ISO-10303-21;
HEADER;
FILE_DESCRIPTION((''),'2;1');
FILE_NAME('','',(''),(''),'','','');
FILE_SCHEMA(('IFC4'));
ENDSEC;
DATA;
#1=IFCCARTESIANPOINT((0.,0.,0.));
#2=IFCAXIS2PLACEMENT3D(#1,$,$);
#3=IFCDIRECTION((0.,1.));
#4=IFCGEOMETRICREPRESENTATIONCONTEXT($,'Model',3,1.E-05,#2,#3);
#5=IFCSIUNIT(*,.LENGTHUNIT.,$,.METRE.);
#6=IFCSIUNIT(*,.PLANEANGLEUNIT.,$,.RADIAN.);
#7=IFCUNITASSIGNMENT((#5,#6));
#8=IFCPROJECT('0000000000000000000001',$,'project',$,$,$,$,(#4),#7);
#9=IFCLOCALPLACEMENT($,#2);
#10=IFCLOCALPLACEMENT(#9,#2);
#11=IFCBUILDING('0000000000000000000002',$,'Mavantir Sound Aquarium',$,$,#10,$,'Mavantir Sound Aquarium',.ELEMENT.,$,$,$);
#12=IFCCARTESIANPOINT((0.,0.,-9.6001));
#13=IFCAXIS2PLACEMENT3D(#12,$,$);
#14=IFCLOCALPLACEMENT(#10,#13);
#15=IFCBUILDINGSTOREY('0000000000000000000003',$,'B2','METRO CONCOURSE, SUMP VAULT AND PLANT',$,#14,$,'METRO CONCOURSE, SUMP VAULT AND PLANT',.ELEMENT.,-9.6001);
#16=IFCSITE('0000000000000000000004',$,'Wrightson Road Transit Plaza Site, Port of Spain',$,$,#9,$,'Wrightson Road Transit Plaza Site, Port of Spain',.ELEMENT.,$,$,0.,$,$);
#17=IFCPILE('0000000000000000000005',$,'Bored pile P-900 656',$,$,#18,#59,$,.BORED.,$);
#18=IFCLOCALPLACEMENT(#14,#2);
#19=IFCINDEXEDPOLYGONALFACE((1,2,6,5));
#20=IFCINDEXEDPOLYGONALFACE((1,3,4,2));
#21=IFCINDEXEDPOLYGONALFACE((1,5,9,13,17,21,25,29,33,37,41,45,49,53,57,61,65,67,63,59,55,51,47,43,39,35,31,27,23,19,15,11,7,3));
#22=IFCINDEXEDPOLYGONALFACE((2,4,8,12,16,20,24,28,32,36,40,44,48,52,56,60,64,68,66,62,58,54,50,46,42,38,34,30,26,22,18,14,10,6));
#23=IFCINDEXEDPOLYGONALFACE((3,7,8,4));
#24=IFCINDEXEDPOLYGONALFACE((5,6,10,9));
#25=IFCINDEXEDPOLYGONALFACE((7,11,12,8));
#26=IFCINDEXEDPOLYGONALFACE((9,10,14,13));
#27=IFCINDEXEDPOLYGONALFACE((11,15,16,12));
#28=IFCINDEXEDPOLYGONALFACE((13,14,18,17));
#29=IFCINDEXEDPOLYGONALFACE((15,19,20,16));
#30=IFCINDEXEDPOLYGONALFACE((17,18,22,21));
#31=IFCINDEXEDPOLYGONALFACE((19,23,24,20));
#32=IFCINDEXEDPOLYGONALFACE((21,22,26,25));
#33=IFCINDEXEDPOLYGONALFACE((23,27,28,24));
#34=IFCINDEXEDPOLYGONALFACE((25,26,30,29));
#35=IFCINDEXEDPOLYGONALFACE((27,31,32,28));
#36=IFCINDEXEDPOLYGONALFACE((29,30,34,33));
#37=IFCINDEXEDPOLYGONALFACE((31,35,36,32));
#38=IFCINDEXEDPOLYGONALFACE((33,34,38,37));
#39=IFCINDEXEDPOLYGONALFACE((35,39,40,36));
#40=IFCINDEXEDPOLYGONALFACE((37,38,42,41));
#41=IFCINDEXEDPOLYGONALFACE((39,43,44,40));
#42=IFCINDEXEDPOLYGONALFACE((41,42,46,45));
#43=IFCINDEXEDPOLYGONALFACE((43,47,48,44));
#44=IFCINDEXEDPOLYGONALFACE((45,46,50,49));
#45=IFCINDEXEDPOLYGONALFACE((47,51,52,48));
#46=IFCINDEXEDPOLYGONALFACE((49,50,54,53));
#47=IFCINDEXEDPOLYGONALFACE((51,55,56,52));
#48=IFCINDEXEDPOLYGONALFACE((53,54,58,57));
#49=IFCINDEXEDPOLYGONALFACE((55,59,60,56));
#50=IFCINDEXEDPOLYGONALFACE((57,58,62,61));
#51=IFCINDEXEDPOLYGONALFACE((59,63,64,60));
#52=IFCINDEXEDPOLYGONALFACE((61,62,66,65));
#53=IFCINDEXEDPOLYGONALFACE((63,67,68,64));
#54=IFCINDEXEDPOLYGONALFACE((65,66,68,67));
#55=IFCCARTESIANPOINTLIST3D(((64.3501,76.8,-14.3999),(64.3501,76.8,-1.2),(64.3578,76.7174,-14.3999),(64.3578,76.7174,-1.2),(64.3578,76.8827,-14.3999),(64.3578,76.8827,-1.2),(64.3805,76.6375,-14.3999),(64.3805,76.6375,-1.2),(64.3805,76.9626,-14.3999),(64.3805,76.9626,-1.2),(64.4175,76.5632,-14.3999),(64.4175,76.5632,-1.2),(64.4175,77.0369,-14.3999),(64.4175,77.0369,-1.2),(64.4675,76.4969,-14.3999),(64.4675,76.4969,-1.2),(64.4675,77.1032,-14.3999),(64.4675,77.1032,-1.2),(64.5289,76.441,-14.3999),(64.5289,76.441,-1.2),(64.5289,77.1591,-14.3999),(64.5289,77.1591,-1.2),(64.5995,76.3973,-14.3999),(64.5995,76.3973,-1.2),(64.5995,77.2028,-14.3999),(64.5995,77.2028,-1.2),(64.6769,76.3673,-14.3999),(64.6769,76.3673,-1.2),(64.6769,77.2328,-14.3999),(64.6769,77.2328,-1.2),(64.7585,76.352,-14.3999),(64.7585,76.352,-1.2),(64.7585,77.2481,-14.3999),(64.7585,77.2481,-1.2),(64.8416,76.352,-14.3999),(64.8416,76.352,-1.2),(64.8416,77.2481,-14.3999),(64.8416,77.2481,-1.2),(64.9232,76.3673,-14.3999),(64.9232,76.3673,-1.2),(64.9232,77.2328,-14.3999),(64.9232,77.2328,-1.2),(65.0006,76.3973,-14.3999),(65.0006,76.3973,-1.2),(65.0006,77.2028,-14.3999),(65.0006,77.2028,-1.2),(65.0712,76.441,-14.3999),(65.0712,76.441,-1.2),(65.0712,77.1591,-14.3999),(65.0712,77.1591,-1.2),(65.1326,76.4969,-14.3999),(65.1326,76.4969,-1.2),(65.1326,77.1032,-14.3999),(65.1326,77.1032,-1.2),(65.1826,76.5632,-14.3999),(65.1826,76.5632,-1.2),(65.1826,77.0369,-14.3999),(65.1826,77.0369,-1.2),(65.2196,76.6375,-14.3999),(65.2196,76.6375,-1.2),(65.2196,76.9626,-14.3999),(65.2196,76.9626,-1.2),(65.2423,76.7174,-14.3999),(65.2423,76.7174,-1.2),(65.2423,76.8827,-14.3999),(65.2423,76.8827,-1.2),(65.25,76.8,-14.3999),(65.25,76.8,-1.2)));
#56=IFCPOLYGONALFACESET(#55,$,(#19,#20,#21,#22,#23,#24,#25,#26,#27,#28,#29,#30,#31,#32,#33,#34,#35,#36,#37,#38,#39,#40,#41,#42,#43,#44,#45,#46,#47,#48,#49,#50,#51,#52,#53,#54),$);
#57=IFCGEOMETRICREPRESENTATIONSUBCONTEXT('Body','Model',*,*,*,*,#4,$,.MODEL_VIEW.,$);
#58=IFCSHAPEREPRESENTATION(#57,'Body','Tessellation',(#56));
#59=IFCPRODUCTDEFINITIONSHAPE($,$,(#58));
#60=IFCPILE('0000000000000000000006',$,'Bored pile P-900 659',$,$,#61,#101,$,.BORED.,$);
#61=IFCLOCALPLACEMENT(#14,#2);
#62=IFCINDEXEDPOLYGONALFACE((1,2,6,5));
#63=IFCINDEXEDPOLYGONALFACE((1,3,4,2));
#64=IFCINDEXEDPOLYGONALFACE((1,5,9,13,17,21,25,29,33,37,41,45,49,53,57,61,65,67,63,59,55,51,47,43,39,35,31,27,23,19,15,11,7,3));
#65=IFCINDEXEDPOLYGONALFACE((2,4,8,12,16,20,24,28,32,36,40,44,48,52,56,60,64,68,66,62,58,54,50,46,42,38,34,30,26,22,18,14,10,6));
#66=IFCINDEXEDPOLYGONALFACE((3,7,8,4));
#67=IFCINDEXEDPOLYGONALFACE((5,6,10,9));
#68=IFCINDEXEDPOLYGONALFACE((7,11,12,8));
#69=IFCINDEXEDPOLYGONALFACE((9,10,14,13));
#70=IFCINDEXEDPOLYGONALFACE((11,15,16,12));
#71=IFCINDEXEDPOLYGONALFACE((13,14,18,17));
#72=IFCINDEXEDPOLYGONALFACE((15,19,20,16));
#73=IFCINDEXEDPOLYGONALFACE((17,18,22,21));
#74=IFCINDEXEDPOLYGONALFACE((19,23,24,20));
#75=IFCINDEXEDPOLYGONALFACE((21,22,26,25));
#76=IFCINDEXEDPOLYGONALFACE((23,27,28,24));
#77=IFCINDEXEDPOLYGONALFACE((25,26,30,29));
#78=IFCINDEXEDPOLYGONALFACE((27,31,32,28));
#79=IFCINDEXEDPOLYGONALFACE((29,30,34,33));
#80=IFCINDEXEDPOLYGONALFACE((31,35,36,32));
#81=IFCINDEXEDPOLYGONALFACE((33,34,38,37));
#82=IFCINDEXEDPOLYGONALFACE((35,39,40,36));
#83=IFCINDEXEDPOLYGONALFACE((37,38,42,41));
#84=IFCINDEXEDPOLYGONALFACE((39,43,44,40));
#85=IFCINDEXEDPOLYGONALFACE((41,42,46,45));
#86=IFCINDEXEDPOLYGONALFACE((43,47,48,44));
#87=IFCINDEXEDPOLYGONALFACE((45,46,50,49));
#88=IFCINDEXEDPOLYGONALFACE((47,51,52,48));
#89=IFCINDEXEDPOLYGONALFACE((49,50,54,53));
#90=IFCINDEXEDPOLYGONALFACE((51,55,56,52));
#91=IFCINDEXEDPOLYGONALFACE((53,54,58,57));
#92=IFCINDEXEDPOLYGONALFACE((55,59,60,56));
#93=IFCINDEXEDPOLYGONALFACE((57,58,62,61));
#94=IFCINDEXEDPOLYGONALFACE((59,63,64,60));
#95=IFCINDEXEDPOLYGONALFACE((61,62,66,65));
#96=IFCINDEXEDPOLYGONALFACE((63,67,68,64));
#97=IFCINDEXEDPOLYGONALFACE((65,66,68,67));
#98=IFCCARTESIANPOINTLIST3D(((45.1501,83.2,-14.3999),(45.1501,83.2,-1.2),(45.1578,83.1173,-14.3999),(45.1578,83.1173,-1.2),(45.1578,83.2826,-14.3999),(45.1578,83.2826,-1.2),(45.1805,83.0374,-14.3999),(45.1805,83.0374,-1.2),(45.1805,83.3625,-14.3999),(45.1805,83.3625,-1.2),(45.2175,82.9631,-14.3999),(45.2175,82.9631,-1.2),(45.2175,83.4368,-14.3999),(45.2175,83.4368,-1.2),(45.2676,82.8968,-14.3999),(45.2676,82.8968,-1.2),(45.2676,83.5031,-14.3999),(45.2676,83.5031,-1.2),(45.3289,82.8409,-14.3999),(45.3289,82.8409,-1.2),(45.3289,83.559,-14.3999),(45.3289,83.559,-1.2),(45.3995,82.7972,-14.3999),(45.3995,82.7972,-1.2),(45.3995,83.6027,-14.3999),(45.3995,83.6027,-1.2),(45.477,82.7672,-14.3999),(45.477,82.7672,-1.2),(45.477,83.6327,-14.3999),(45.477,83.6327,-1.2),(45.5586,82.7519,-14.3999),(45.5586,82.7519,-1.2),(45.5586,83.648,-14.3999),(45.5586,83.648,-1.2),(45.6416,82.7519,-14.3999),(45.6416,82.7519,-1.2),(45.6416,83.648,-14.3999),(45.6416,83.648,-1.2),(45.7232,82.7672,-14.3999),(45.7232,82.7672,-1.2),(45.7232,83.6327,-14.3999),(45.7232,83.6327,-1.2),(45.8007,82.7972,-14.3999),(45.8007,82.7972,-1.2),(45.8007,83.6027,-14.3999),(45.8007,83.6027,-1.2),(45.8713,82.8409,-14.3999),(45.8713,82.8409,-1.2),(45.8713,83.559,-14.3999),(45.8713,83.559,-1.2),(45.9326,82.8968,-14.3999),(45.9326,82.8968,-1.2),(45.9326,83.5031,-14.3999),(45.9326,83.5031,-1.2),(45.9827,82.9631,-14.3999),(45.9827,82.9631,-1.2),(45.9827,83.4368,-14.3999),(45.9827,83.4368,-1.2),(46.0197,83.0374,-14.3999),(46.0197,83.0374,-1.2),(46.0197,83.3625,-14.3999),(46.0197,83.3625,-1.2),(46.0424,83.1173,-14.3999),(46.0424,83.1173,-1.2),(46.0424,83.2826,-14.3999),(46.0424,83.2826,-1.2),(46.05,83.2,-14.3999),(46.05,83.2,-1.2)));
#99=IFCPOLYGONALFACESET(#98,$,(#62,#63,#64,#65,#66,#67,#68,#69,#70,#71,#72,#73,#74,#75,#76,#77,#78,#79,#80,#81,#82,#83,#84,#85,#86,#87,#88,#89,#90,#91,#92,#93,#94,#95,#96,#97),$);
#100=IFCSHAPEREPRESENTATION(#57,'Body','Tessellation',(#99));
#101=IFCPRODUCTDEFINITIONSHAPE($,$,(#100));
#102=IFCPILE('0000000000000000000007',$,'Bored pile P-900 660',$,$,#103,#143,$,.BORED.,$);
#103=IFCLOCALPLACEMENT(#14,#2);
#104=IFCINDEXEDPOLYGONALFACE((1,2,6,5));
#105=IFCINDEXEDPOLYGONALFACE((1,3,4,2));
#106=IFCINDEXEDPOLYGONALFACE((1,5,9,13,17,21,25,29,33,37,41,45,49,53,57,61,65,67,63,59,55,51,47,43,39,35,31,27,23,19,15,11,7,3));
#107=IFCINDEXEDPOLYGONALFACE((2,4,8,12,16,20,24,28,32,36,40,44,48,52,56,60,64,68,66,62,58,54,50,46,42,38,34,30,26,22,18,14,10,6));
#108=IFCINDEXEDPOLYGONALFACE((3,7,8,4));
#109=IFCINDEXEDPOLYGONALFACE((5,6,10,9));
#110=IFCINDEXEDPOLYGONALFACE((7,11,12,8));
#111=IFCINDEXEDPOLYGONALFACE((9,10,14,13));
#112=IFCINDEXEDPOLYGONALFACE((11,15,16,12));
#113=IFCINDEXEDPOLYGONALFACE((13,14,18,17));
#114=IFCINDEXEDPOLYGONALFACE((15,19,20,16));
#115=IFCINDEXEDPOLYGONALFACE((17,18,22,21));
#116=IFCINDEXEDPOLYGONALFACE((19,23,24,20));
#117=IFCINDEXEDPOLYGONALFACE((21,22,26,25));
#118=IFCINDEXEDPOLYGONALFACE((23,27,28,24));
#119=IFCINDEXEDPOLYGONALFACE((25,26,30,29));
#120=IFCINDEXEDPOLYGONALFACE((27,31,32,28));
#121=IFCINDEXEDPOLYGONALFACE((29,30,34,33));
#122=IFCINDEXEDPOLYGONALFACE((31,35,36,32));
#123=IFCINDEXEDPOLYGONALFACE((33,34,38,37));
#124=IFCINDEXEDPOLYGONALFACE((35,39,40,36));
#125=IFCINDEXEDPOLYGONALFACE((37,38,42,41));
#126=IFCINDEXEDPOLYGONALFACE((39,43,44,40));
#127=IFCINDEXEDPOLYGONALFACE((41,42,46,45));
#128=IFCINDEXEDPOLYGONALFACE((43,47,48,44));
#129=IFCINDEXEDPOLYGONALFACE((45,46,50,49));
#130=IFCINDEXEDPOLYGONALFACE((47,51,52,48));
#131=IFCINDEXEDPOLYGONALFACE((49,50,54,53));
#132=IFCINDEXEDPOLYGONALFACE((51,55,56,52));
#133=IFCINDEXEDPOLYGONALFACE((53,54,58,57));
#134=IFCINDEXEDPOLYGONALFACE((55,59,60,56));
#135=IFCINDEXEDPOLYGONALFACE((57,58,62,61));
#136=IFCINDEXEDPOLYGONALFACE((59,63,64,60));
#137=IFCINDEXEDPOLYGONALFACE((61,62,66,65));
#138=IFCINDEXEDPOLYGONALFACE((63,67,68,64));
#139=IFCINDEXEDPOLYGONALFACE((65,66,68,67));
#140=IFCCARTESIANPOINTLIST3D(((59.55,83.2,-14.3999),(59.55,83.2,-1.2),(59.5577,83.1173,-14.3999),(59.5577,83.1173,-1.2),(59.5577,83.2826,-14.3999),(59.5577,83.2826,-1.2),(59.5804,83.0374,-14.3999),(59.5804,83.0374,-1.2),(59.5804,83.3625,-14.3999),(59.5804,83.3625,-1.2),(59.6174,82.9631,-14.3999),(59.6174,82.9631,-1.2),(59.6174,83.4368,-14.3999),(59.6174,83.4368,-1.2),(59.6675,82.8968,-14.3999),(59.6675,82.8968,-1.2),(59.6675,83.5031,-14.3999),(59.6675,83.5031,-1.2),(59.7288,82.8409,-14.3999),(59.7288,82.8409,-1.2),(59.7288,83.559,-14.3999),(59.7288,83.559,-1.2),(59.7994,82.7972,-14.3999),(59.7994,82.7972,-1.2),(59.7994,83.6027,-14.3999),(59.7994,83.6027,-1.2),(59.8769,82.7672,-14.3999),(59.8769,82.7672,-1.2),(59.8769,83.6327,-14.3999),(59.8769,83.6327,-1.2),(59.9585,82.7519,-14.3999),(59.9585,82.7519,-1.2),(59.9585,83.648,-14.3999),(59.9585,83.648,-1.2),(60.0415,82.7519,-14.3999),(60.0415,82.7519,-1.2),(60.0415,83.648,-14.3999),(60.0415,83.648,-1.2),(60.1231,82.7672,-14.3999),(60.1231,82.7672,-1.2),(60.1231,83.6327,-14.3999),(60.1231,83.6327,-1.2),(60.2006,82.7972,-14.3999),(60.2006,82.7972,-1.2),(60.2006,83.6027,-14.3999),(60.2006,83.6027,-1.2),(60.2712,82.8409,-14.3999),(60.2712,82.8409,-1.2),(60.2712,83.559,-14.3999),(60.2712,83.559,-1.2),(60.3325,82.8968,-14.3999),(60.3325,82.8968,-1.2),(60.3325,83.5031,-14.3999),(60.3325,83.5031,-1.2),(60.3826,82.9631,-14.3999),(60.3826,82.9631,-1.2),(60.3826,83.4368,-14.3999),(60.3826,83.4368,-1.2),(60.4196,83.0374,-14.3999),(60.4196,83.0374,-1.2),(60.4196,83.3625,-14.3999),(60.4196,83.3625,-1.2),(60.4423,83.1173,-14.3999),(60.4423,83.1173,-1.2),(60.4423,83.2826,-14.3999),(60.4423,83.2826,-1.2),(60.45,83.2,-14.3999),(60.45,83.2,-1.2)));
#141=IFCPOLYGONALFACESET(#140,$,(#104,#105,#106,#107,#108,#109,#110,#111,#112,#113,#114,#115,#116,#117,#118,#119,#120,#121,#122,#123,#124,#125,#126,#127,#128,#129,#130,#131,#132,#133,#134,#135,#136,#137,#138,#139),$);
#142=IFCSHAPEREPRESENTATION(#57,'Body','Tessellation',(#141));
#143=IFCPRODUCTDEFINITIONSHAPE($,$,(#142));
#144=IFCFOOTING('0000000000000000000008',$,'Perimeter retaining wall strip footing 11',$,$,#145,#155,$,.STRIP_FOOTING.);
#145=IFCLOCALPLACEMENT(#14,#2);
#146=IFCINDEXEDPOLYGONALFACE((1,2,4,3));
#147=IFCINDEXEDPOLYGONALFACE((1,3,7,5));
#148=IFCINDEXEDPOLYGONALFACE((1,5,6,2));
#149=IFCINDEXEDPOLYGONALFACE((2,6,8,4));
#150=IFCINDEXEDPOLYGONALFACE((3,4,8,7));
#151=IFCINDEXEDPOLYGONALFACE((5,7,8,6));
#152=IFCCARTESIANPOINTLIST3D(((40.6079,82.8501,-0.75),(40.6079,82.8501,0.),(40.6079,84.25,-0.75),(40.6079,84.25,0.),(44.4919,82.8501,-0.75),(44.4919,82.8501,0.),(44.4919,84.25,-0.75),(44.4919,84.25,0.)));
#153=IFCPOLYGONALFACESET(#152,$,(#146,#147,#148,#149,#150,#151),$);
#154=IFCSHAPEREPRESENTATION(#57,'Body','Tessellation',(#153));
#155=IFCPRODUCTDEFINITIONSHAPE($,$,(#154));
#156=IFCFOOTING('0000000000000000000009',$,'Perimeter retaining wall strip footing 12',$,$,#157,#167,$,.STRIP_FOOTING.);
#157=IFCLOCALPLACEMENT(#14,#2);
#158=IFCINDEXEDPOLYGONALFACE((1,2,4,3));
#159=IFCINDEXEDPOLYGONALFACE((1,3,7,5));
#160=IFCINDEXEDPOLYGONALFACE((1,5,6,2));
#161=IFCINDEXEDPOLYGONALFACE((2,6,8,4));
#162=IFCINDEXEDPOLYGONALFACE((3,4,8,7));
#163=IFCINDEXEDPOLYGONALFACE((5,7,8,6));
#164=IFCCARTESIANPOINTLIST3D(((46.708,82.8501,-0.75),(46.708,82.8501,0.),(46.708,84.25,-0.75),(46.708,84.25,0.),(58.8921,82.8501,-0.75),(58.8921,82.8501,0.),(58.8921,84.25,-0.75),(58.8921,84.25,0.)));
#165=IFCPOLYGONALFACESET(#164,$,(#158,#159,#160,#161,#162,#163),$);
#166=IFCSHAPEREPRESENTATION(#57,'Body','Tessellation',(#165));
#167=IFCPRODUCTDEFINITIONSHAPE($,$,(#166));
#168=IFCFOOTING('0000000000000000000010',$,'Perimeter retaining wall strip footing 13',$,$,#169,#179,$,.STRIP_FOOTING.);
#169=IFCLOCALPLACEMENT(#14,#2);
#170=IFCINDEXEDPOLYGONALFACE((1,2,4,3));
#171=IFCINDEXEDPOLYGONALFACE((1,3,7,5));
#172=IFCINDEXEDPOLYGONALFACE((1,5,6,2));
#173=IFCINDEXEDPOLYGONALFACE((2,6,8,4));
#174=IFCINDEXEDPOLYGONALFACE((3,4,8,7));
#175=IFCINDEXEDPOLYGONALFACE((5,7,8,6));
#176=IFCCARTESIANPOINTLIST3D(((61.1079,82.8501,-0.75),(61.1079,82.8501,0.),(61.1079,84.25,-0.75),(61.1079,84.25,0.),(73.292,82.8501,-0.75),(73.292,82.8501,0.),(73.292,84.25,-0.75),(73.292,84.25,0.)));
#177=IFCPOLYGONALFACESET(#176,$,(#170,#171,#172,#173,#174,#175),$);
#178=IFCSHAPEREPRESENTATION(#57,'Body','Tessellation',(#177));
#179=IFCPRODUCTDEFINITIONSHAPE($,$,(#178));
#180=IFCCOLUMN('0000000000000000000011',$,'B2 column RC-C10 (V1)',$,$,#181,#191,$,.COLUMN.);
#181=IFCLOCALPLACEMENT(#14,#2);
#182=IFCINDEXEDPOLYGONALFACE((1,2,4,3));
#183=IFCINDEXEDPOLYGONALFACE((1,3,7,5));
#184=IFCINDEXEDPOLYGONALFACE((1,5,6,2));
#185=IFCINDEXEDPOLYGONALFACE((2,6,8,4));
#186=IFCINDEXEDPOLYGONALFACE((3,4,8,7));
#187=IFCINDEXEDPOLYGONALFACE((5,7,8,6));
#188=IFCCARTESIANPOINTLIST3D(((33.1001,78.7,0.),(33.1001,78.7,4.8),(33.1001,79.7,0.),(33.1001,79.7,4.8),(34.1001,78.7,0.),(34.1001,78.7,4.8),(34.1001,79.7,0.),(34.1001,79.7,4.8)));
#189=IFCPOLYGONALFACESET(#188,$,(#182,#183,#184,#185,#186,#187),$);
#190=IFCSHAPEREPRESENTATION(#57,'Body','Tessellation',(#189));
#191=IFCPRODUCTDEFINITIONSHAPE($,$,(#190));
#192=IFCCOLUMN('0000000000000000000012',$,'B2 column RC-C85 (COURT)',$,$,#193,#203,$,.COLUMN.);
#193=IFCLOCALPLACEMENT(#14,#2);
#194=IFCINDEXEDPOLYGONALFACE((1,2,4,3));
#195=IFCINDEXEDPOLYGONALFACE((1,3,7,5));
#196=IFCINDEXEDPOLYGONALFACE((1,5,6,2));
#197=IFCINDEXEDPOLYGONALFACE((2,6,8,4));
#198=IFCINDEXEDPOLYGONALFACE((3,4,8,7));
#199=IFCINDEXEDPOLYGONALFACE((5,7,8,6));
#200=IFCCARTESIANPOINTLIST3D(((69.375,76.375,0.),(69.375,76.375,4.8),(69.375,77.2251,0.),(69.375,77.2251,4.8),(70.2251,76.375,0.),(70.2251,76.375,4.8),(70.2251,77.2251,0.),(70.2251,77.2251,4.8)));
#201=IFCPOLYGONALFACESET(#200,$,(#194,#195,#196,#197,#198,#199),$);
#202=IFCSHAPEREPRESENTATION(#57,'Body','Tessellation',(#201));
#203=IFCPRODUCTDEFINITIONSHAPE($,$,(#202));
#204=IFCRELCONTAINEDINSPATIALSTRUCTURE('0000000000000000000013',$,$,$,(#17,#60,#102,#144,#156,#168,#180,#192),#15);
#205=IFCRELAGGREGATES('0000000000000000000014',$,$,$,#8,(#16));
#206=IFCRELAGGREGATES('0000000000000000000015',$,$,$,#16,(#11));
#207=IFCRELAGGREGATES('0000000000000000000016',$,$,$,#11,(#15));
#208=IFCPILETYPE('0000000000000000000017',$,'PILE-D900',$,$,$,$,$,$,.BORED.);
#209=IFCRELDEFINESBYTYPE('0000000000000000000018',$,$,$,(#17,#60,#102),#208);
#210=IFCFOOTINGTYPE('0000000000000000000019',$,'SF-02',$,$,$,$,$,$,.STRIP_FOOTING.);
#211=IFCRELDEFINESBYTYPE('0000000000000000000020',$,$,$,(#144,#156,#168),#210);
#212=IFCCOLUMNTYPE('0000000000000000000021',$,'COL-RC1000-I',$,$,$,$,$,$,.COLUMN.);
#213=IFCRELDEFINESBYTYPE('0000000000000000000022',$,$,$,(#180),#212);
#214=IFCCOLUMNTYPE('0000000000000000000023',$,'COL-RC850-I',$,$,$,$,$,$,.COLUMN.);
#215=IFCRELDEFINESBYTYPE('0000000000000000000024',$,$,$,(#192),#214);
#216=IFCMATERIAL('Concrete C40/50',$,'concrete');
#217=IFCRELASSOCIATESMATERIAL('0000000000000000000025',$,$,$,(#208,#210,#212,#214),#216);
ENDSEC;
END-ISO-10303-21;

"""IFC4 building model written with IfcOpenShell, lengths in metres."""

from ifc_helpers import new_model, si_unit, direction, frame, origin, origin_2d, place, context, subcontext, project, spatial, rectangle, circle, extrude, material, material_profile, profile_set, type_object, element, save


model = new_model("IFC4")

# Units and contexts
model_context = context("Model", 3, precision=1e-05, world=origin(), true_north=direction((0.0, 1.0)))
body_context = subcontext(model_context, "Body", "Model", "MODEL_VIEW")
ifc_project = project(units=[si_unit("LENGTHUNIT", "METRE"), si_unit("PLANEANGLEUNIT", "RADIAN")], contexts=[model_context])

# Site, building, storey
site_placement = place(None, origin())
site = spatial("IfcSite", under=ifc_project, at=site_placement, Name="Wrightson Road Transit Plaza Site, Port of Spain", LongName="Wrightson Road Transit Plaza Site, Port of Spain", CompositionType="ELEMENT", RefElevation=0.0)
building_placement = place(site_placement, origin())
building = spatial("IfcBuilding", under=site, at=building_placement, Name="Mavantir Sound Aquarium", LongName="Mavantir Sound Aquarium", CompositionType="ELEMENT")
storey_placement = place(building_placement, frame((0.0, 0.0, -9.6001)))
storey = spatial("IfcBuildingStorey", under=building, at=storey_placement, Name="B2", Description="METRO CONCOURSE, SUMP VAULT AND PLANT", LongName="METRO CONCOURSE, SUMP VAULT AND PLANT", CompositionType="ELEMENT", Elevation=-9.6001)

# Shared definitions
ifc_material_1 = material(Name="Concrete C40/50", Category="concrete")

# Piles
ifc_material_profile_1 = material_profile(ifc_material_1, circle(Radius=0.45, at=origin_2d()), Name="PILE D900")
ifc_profile_set_1 = profile_set([ifc_material_profile_1], Name="Concrete C40/50")
pile_type_1 = type_object("IfcPileType", Name="PILE-D900", PredefinedType="BORED", material=ifc_profile_set_1)
for number, where, z_axis, x_axis, name in (
    (1, (64.8, 76.8, -1.2), (0.0, 0.0, -1.0), (1.0, 0.0, 0.0), "Bored pile P-900 656"),
    (2, (45.6001, 83.2, -1.2), (0.0, 0.0, -1.0), (1.0, 0.0, 0.0), "Bored pile P-900 659"),
    (3, (60.0, 83.2, -1.2), (0.0, 0.0, -1.0), (1.0, 0.0, 0.0), "Bored pile P-900 660"),
):
    element("IfcPile", number, at=place(storey_placement, frame(where, z_axis=z_axis, x_axis=x_axis)), inside=storey, type_object=pile_type_1, Name=name, PredefinedType="BORED", context=body_context, shape_type="SweptSolid", body=[
        extrude(circle(Radius=0.45, at=origin_2d()), origin(), (0.0, 0.0, 1.0), 13.2),
    ])

# Footings
ifc_material_profile_2 = material_profile(ifc_material_1, rectangle(XDim=1.3999, YDim=0.75, at=origin_2d()), Name="RC 1400X750")
ifc_profile_set_2 = profile_set([ifc_material_profile_2], Name="Concrete C40/50")
footing_type_1 = type_object("IfcFootingType", Name="SF-02", PredefinedType="STRIP_FOOTING", material=ifc_profile_set_2)
footing_1_placement = place(storey_placement, frame((40.6079, 83.55, -0.375), z_axis=(1.0, 0.0, 0.0), x_axis=(0.0, 1.0, 0.0)))
element("IfcFooting", 4, at=footing_1_placement, inside=storey, type_object=footing_type_1, Name="Perimeter retaining wall strip footing 11", PredefinedType="STRIP_FOOTING", context=body_context, shape_type="SweptSolid", body=[
    extrude(rectangle(XDim=1.3999, YDim=0.75, at=origin_2d()), origin(), (0.0, 0.0, 1.0), 3.884),
])
for number, where, z_axis, x_axis, name in (
    (5, (46.708, 83.55, -0.375), (1.0, 0.0, 0.0), (0.0, 1.0, 0.0), "Perimeter retaining wall strip footing 12"),
    (6, (61.1079, 83.55, -0.375), (1.0, 0.0, 0.0), (0.0, 1.0, 0.0), "Perimeter retaining wall strip footing 13"),
):
    element("IfcFooting", number, at=place(storey_placement, frame(where, z_axis=z_axis, x_axis=x_axis)), inside=storey, type_object=footing_type_1, Name=name, PredefinedType="STRIP_FOOTING", context=body_context, shape_type="SweptSolid", body=[
        extrude(rectangle(XDim=1.3999, YDim=0.75, at=origin_2d()), origin(), (0.0, 0.0, 1.0), 12.1841),
    ])

# Columns
ifc_material_profile_3 = material_profile(ifc_material_1, rectangle(XDim=1.0, YDim=1.0, at=origin_2d()), Name="RC 1000X1000")
ifc_profile_set_3 = profile_set([ifc_material_profile_3], Name="Concrete C40/50")
column_type_1 = type_object("IfcColumnType", Name="COL-RC1000-I", PredefinedType="COLUMN", material=ifc_profile_set_3)
column_placement = place(storey_placement, frame((33.6001, 79.2, 0.0), z_axis=(0.0, 0.0, 1.0), x_axis=(1.0, 0.0, 0.0)))
element("IfcColumn", 7, at=column_placement, inside=storey, type_object=column_type_1, Name="B2 column RC-C10 (V1)", PredefinedType="COLUMN", context=body_context, shape_type="SweptSolid", body=[
    extrude(rectangle(XDim=1.0, YDim=1.0, at=origin_2d()), origin(), (0.0, 0.0, 1.0), 4.8),
])
ifc_material_profile_4 = material_profile(ifc_material_1, rectangle(XDim=0.8501, YDim=0.8501, at=origin_2d()), Name="RC 850X850")
ifc_profile_set_4 = profile_set([ifc_material_profile_4], Name="Concrete C40/50")
column_type_2 = type_object("IfcColumnType", Name="COL-RC850-I", PredefinedType="COLUMN", material=ifc_profile_set_4)
for number, where, z_axis, x_axis, name in (
    (8, (69.8, 76.8, 0.0), (0.0, 0.0, 1.0), (1.0, 0.0, 0.0), "B2 column RC-C85 (COURT)"),
):
    element("IfcColumn", number, at=place(storey_placement, frame(where, z_axis=z_axis, x_axis=x_axis)), inside=storey, type_object=column_type_2, Name=name, PredefinedType="COLUMN", context=body_context, shape_type="SweptSolid", body=[
        extrude(rectangle(XDim=0.8501, YDim=0.8501, at=origin_2d()), origin(), (0.0, 0.0, 1.0), 4.8),
    ])

save(model, "model.ifc")
